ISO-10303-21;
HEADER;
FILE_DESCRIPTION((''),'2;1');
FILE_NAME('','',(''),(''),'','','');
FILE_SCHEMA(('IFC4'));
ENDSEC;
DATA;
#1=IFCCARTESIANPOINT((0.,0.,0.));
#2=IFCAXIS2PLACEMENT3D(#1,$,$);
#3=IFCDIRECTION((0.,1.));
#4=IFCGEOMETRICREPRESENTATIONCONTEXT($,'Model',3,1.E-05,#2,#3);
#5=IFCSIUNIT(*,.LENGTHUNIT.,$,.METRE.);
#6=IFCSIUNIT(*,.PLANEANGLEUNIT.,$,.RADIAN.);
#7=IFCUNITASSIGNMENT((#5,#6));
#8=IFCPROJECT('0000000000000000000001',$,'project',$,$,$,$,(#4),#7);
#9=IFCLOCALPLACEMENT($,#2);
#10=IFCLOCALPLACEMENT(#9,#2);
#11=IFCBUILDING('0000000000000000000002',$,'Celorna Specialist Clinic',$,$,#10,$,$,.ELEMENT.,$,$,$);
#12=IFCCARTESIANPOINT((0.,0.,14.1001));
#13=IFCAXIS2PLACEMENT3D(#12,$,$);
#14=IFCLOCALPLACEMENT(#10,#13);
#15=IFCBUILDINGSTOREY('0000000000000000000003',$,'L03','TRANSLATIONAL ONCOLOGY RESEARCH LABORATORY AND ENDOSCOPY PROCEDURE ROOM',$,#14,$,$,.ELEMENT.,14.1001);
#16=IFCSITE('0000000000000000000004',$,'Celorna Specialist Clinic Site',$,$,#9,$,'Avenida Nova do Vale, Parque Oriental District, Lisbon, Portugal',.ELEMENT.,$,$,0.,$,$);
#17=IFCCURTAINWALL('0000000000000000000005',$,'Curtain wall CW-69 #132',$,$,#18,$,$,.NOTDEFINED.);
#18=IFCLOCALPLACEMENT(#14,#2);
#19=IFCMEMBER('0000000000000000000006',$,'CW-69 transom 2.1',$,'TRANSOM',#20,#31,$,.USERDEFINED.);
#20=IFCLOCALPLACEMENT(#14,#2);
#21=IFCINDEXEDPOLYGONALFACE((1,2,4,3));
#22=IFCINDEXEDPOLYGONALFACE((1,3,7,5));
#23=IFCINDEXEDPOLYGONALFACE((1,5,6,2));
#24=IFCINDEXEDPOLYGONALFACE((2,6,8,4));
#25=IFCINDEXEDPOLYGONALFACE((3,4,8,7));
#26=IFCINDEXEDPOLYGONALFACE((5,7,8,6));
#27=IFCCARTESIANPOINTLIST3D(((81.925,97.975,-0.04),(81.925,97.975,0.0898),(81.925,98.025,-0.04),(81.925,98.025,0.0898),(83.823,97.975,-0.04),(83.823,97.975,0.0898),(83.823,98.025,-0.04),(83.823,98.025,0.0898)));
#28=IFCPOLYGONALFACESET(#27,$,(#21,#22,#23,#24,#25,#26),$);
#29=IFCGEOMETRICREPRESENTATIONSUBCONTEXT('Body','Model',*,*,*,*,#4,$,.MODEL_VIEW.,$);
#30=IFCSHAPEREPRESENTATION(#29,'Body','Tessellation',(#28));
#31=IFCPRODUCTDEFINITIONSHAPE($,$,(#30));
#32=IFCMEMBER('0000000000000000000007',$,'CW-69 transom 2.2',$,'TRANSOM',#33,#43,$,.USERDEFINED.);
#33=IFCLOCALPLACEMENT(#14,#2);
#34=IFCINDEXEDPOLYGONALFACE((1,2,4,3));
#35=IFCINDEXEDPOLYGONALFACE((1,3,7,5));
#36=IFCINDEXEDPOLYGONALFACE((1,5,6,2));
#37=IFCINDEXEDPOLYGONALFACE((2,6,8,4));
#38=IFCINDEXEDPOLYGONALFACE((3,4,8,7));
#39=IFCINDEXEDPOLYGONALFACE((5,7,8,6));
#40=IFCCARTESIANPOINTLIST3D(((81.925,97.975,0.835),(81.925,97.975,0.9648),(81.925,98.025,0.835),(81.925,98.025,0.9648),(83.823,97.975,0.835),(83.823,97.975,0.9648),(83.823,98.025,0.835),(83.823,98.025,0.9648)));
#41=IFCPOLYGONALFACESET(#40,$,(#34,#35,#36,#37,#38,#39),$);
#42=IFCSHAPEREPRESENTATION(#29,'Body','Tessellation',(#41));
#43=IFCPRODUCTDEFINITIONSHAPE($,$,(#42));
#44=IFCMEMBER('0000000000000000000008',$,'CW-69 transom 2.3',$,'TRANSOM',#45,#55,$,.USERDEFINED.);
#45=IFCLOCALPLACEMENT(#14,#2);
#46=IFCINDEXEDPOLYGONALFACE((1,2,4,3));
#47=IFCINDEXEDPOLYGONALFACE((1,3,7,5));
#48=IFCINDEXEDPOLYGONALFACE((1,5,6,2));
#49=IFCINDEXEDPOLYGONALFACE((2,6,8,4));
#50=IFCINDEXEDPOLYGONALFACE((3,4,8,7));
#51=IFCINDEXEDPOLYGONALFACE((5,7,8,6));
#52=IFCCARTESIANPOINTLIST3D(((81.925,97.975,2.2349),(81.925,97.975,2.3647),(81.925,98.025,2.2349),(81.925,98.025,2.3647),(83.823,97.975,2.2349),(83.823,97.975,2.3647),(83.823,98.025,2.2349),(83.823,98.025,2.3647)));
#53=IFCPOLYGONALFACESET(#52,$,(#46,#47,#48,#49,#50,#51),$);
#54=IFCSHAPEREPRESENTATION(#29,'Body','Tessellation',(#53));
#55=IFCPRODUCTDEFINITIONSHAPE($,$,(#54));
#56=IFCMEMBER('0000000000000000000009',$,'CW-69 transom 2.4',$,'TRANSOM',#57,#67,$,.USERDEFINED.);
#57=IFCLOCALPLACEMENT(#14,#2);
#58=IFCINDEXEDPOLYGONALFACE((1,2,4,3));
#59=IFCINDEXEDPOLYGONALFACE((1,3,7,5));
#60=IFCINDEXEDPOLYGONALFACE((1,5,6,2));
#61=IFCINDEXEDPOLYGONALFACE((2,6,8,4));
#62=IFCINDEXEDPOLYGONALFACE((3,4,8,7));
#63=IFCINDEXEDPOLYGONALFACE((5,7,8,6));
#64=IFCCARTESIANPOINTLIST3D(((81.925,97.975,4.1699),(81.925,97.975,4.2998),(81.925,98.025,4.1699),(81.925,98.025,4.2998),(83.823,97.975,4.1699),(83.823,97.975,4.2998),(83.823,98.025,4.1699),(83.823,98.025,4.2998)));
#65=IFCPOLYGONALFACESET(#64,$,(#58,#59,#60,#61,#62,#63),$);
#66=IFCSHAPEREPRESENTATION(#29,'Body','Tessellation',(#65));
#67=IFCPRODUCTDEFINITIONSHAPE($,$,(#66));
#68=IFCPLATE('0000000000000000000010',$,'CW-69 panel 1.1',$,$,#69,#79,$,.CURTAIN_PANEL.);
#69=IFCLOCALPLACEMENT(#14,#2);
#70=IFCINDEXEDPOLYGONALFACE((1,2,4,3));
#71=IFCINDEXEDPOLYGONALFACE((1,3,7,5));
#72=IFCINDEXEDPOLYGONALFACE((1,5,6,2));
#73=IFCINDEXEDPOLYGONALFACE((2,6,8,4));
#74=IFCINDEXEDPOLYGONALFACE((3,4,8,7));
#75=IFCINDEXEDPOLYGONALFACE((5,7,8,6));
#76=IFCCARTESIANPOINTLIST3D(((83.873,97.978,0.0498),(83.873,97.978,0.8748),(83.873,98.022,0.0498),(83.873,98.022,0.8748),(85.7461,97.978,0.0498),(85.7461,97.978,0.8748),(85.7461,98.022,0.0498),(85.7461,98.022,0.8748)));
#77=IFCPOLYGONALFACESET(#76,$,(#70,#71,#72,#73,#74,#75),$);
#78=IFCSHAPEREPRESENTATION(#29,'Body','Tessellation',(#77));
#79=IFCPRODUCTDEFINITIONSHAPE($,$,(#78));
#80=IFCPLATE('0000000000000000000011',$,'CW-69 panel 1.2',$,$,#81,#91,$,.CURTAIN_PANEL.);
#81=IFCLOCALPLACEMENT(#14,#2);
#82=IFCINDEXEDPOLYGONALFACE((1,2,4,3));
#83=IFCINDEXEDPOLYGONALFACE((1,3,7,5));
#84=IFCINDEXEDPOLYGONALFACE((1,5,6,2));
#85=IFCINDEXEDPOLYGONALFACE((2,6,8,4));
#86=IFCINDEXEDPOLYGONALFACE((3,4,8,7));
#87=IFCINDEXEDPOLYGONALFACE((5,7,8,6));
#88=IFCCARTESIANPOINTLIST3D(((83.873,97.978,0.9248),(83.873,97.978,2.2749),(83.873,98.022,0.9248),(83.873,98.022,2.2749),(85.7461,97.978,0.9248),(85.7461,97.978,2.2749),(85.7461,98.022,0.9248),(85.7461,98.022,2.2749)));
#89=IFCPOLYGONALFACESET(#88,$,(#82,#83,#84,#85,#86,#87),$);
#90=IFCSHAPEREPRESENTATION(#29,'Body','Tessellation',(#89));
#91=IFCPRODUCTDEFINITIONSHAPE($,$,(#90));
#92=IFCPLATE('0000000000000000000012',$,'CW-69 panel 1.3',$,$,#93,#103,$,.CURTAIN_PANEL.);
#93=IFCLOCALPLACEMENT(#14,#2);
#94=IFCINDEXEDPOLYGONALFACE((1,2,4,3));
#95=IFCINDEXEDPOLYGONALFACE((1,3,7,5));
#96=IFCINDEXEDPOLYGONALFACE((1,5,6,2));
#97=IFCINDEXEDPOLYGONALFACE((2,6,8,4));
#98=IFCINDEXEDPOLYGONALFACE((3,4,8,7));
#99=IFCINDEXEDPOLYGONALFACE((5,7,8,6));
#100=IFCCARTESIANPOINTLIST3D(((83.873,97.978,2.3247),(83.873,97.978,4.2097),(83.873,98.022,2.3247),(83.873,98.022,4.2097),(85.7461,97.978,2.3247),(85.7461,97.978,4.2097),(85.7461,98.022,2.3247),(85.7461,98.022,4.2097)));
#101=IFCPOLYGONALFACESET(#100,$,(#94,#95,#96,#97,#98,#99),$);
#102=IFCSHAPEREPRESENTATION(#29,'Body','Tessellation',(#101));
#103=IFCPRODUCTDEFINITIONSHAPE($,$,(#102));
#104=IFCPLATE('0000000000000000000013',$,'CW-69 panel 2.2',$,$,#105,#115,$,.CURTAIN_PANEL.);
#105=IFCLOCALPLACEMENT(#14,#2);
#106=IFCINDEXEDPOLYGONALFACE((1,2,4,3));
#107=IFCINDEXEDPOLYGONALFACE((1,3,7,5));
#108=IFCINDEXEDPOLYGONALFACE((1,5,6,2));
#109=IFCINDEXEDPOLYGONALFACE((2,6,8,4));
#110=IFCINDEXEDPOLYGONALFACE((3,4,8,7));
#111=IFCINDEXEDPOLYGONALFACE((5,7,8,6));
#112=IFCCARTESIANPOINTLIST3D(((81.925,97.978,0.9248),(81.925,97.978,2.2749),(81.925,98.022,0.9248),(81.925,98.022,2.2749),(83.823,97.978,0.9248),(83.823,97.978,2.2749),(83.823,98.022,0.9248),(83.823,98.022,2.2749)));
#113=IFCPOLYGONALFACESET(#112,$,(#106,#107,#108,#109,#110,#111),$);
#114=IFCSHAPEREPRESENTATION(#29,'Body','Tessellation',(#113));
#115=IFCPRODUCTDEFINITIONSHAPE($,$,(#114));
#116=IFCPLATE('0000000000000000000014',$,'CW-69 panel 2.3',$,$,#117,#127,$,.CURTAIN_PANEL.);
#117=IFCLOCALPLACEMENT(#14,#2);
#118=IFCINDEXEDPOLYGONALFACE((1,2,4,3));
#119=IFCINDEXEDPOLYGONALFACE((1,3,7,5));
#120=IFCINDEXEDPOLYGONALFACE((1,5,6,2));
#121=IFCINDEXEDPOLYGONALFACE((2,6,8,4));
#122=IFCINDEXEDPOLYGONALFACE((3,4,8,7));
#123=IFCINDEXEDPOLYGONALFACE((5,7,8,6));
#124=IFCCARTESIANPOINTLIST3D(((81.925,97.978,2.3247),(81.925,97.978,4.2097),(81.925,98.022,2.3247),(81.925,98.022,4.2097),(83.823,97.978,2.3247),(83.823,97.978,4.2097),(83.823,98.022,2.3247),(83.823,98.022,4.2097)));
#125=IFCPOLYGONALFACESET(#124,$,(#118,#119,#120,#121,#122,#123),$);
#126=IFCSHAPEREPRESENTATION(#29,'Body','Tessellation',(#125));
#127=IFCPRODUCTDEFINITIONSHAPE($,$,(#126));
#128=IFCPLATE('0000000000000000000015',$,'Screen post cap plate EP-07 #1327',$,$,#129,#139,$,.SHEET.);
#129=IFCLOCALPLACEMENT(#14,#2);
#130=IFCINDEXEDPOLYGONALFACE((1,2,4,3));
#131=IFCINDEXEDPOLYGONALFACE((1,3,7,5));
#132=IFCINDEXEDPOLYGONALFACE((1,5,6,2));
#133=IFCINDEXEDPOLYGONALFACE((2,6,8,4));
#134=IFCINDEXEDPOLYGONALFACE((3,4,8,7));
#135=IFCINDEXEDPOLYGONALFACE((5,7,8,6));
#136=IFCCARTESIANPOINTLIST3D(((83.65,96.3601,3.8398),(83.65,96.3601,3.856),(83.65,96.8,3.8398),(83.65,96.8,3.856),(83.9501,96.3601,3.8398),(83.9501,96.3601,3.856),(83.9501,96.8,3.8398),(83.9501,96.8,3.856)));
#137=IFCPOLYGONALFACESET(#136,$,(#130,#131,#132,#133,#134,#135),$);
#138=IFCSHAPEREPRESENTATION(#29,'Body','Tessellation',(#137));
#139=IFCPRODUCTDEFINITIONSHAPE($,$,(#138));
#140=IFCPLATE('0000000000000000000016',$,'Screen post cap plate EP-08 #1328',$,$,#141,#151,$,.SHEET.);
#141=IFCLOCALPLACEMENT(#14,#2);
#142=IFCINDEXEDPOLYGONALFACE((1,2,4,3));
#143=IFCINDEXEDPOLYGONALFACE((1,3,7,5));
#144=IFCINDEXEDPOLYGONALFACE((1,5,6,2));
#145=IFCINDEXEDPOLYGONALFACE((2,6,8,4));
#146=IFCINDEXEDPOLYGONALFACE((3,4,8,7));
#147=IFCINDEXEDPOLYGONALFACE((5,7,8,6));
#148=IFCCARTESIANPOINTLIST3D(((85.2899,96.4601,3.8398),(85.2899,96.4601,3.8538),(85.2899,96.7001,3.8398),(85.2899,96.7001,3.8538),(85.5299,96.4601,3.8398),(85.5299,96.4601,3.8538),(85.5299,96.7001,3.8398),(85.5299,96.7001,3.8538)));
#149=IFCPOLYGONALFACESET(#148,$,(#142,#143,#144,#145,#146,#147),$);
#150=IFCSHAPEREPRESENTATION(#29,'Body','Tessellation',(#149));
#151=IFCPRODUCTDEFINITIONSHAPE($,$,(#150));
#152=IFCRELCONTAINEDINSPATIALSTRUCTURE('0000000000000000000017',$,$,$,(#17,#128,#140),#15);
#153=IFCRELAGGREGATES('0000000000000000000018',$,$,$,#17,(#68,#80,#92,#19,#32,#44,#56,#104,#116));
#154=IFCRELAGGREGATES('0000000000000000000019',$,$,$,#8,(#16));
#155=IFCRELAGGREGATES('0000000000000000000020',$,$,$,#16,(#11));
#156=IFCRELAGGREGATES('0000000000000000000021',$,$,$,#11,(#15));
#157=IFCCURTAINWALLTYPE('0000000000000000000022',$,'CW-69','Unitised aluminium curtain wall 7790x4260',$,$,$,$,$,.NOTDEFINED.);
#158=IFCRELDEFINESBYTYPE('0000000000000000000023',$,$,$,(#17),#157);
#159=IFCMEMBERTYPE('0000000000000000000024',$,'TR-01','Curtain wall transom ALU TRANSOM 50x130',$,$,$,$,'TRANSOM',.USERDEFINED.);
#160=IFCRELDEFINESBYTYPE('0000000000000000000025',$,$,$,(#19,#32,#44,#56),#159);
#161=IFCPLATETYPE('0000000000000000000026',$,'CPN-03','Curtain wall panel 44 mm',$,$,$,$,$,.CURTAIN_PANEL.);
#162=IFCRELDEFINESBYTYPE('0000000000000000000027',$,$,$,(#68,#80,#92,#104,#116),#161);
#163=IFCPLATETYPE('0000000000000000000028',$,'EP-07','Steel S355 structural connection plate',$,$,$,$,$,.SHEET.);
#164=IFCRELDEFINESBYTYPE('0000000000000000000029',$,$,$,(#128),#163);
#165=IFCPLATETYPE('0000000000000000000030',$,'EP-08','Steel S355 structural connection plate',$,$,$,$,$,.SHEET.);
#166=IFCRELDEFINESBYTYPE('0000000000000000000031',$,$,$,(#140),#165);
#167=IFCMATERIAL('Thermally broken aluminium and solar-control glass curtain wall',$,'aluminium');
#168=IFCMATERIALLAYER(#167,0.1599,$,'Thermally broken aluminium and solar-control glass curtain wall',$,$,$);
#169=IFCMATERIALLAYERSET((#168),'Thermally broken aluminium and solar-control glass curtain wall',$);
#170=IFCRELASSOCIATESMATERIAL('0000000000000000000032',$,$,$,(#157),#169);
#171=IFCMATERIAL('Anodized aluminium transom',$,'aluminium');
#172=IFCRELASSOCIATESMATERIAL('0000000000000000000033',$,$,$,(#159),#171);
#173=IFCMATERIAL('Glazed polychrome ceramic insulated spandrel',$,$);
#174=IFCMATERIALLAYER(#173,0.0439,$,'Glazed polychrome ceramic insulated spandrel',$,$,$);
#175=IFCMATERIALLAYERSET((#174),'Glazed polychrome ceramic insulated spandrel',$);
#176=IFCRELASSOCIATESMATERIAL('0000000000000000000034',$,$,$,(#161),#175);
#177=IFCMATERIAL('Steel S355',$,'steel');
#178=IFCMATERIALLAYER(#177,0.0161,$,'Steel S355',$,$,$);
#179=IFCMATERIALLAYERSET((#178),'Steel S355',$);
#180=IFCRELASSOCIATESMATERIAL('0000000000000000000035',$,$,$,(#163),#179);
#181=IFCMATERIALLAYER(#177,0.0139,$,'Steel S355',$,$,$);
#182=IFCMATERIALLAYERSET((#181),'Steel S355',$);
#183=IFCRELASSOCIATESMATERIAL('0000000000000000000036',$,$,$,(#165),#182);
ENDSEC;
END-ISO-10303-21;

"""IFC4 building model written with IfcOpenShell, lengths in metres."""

from ifc_helpers import new_model, si_unit, direction, frame, origin, origin_2d, place, context, subcontext, project, spatial, rectangle, extrude, material, layer, layer_set, material_profile, profile_set, type_object, element, aggregate, save


model = new_model("IFC4")

# Units and contexts
model_context = context("Model", 3, precision=1e-05, world=origin(), true_north=direction((0.0, 1.0)))
body_context = subcontext(model_context, "Body", "Model", "MODEL_VIEW")
ifc_project = project(units=[si_unit("LENGTHUNIT", "METRE"), si_unit("PLANEANGLEUNIT", "RADIAN")], contexts=[model_context])

# Site, building, storey
site_placement = place(None, origin())
site = spatial("IfcSite", under=ifc_project, at=site_placement, Name="Celorna Specialist Clinic Site", LongName="Avenida Nova do Vale, Parque Oriental District, Lisbon, Portugal", CompositionType="ELEMENT", RefElevation=0.0)
building_placement = place(site_placement, origin())
building = spatial("IfcBuilding", under=site, at=building_placement, Name="Celorna Specialist Clinic", CompositionType="ELEMENT")
storey_placement = place(building_placement, frame((0.0, 0.0, 14.1001)))
storey = spatial("IfcBuildingStorey", under=building, at=storey_placement, Name="L03", Description="TRANSLATIONAL ONCOLOGY RESEARCH LABORATORY AND ENDOSCOPY PROCEDURE ROOM", CompositionType="ELEMENT", Elevation=14.1001)

# Shared definitions
ifc_material_1 = material(Name="Steel S355", Category="steel")

# Curtain wall, members, plates
ifc_material_2 = material(Name="Thermally broken aluminium and solar-control glass curtain wall", Category="aluminium")
ifc_layer_1 = layer(ifc_material_2, 0.1599, Name="Thermally broken aluminium and solar-control glass curtain wall")
ifc_layer_set_1 = layer_set([ifc_layer_1], Name="Thermally broken aluminium and solar-control glass curtain wall")
curtain_wall_type = type_object("IfcCurtainWallType", Name="CW-69", Description="Unitised aluminium curtain wall 7790x4260", PredefinedType="NOTDEFINED", material=ifc_layer_set_1)
curtain_wall_placement = place(storey_placement, origin())
curtain_wall = element("IfcCurtainWall", 1, at=curtain_wall_placement, inside=storey, type_object=curtain_wall_type, Name="Curtain wall CW-69 #132", PredefinedType="NOTDEFINED")
ifc_material_3 = material(Name="Anodized aluminium transom", Category="aluminium")
ifc_material_profile_1 = material_profile(ifc_material_3, rectangle(XDim=0.05, YDim=0.1299, at=origin_2d()), Name="ALU TRANSOM 50x130")
ifc_profile_set_1 = profile_set([ifc_material_profile_1], Name="Anodized aluminium transom")
member_type_1 = type_object("IfcMemberType", Name="TR-01", Description="Curtain wall transom ALU TRANSOM 50x130", ElementType="TRANSOM", PredefinedType="USERDEFINED", material=ifc_profile_set_1)
member_1_placement = place(storey_placement, frame((83.823, 98.0, 0.0249), z_axis=(-1.0, 0.0, 0.0), x_axis=(0.0, -1.0, 0.0)))
member_1 = element("IfcMember", 2, at=member_1_placement, type_object=member_type_1, Name="CW-69 transom 2.1", ObjectType="TRANSOM", PredefinedType="USERDEFINED", context=body_context, shape_type="SweptSolid", body=[
    extrude(rectangle(XDim=0.05, YDim=0.1299, at=origin_2d()), origin(), (0.0, 0.0, 1.0), 1.8979),
])
member_2_placement = place(storey_placement, frame((83.823, 98.0, 0.8999), z_axis=(-1.0, 0.0, 0.0), x_axis=(0.0, -1.0, 0.0)))
member_2 = element("IfcMember", 3, at=member_2_placement, type_object=member_type_1, Name="CW-69 transom 2.2", ObjectType="TRANSOM", PredefinedType="USERDEFINED", context=body_context, shape_type="SweptSolid", body=[
    extrude(rectangle(XDim=0.05, YDim=0.1299, at=origin_2d()), origin(), (0.0, 0.0, 1.0), 1.8979),
])
member_3_placement = place(storey_placement, frame((83.823, 98.0, 2.2998), z_axis=(-1.0, 0.0, 0.0), x_axis=(0.0, -1.0, 0.0)))
member_3 = element("IfcMember", 4, at=member_3_placement, type_object=member_type_1, Name="CW-69 transom 2.3", ObjectType="TRANSOM", PredefinedType="USERDEFINED", context=body_context, shape_type="SweptSolid", body=[
    extrude(rectangle(XDim=0.05, YDim=0.1299, at=origin_2d()), origin(), (0.0, 0.0, 1.0), 1.8979),
])
member_4_placement = place(storey_placement, frame((83.823, 98.0, 4.2349), z_axis=(-1.0, 0.0, 0.0), x_axis=(0.0, -1.0, 0.0)))
member_4 = element("IfcMember", 5, at=member_4_placement, type_object=member_type_1, Name="CW-69 transom 2.4", ObjectType="TRANSOM", PredefinedType="USERDEFINED", context=body_context, shape_type="SweptSolid", body=[
    extrude(rectangle(XDim=0.05, YDim=0.1299, at=origin_2d()), origin(), (0.0, 0.0, 1.0), 1.8979),
])
ifc_material_4 = material(Name="Glazed polychrome ceramic insulated spandrel")
ifc_layer_2 = layer(ifc_material_4, 0.0439, Name="Glazed polychrome ceramic insulated spandrel")
ifc_layer_set_2 = layer_set([ifc_layer_2], Name="Glazed polychrome ceramic insulated spandrel")
plate_type_1 = type_object("IfcPlateType", Name="CPN-03", Description="Curtain wall panel 44 mm", PredefinedType="CURTAIN_PANEL", material=ifc_layer_set_2)
plate_1_placement = place(storey_placement, frame((84.8096, 98.0, 0.0498), z_axis=(0.0, 0.0, 1.0), x_axis=(-1.0, 0.0, 0.0)))
plate_1 = element("IfcPlate", 6, at=plate_1_placement, type_object=plate_type_1, Name="CW-69 panel 1.1", PredefinedType="CURTAIN_PANEL", context=body_context, shape_type="SweptSolid", body=[
    extrude(rectangle(XDim=1.873, YDim=0.0439, at=origin_2d()), origin(), (0.0, 0.0, 1.0), 0.825),
])
plate_2_placement = place(storey_placement, frame((84.8096, 98.0, 0.9248), z_axis=(0.0, 0.0, 1.0), x_axis=(-1.0, 0.0, 0.0)))
plate_2 = element("IfcPlate", 7, at=plate_2_placement, type_object=plate_type_1, Name="CW-69 panel 1.2", PredefinedType="CURTAIN_PANEL", context=body_context, shape_type="SweptSolid", body=[
    extrude(rectangle(XDim=1.873, YDim=0.0439, at=origin_2d()), origin(), (0.0, 0.0, 1.0), 1.3501),
])
plate_3_placement = place(storey_placement, frame((84.8096, 98.0, 2.3247), z_axis=(0.0, 0.0, 1.0), x_axis=(-1.0, 0.0, 0.0)))
plate_3 = element("IfcPlate", 8, at=plate_3_placement, type_object=plate_type_1, Name="CW-69 panel 1.3", PredefinedType="CURTAIN_PANEL", context=body_context, shape_type="SweptSolid", body=[
    extrude(rectangle(XDim=1.873, YDim=0.0439, at=origin_2d()), origin(), (0.0, 0.0, 1.0), 1.885),
])
plate_4_placement = place(storey_placement, frame((82.874, 98.0, 0.9248), z_axis=(0.0, 0.0, 1.0), x_axis=(-1.0, 0.0, 0.0)))
plate_4 = element("IfcPlate", 9, at=plate_4_placement, type_object=plate_type_1, Name="CW-69 panel 2.2", PredefinedType="CURTAIN_PANEL", context=body_context, shape_type="SweptSolid", body=[
    extrude(rectangle(XDim=1.8979, YDim=0.0439, at=origin_2d()), origin(), (0.0, 0.0, 1.0), 1.3501),
])
plate_5_placement = place(storey_placement, frame((82.874, 98.0, 2.3247), z_axis=(0.0, 0.0, 1.0), x_axis=(-1.0, 0.0, 0.0)))
plate_5 = element("IfcPlate", 10, at=plate_5_placement, type_object=plate_type_1, Name="CW-69 panel 2.3", PredefinedType="CURTAIN_PANEL", context=body_context, shape_type="SweptSolid", body=[
    extrude(rectangle(XDim=1.8979, YDim=0.0439, at=origin_2d()), origin(), (0.0, 0.0, 1.0), 1.885),
])
aggregate(curtain_wall, [plate_1, plate_2, plate_3, member_1, member_2, member_3, member_4, plate_4, plate_5])

# Plates
ifc_layer_3 = layer(ifc_material_1, 0.0161, Name="Steel S355")
ifc_layer_set_3 = layer_set([ifc_layer_3], Name="Steel S355")
plate_type_2 = type_object("IfcPlateType", Name="EP-07", Description="Steel S355 structural connection plate", PredefinedType="SHEET", material=ifc_layer_set_3)
plate_6_placement = place(storey_placement, frame((83.8, 96.5801, 3.8398), z_axis=(0.0, 0.0, 1.0), x_axis=(1.0, 0.0, 0.0)))
element("IfcPlate", 11, at=plate_6_placement, inside=storey, type_object=plate_type_2, Name="Screen post cap plate EP-07 #1327", PredefinedType="SHEET", context=body_context, shape_type="SweptSolid", body=[
    extrude(rectangle(XDim=0.3, YDim=0.4399, at=origin_2d()), origin(), (0.0, 0.0, 1.0), 0.0161),
])
ifc_layer_4 = layer(ifc_material_1, 0.0139, Name="Steel S355")
ifc_layer_set_4 = layer_set([ifc_layer_4], Name="Steel S355")
plate_type_3 = type_object("IfcPlateType", Name="EP-08", Description="Steel S355 structural connection plate", PredefinedType="SHEET", material=ifc_layer_set_4)
plate_7_placement = place(storey_placement, frame((85.4099, 96.5801, 3.8398), z_axis=(0.0, 0.0, 1.0), x_axis=(1.0, 0.0, 0.0)))
element("IfcPlate", 12, at=plate_7_placement, inside=storey, type_object=plate_type_3, Name="Screen post cap plate EP-08 #1328", PredefinedType="SHEET", context=body_context, shape_type="SweptSolid", body=[
    extrude(rectangle(XDim=0.24, YDim=0.24, at=origin_2d()), origin(), (0.0, 0.0, 1.0), 0.0139),
])

save(model, "model.ifc")
